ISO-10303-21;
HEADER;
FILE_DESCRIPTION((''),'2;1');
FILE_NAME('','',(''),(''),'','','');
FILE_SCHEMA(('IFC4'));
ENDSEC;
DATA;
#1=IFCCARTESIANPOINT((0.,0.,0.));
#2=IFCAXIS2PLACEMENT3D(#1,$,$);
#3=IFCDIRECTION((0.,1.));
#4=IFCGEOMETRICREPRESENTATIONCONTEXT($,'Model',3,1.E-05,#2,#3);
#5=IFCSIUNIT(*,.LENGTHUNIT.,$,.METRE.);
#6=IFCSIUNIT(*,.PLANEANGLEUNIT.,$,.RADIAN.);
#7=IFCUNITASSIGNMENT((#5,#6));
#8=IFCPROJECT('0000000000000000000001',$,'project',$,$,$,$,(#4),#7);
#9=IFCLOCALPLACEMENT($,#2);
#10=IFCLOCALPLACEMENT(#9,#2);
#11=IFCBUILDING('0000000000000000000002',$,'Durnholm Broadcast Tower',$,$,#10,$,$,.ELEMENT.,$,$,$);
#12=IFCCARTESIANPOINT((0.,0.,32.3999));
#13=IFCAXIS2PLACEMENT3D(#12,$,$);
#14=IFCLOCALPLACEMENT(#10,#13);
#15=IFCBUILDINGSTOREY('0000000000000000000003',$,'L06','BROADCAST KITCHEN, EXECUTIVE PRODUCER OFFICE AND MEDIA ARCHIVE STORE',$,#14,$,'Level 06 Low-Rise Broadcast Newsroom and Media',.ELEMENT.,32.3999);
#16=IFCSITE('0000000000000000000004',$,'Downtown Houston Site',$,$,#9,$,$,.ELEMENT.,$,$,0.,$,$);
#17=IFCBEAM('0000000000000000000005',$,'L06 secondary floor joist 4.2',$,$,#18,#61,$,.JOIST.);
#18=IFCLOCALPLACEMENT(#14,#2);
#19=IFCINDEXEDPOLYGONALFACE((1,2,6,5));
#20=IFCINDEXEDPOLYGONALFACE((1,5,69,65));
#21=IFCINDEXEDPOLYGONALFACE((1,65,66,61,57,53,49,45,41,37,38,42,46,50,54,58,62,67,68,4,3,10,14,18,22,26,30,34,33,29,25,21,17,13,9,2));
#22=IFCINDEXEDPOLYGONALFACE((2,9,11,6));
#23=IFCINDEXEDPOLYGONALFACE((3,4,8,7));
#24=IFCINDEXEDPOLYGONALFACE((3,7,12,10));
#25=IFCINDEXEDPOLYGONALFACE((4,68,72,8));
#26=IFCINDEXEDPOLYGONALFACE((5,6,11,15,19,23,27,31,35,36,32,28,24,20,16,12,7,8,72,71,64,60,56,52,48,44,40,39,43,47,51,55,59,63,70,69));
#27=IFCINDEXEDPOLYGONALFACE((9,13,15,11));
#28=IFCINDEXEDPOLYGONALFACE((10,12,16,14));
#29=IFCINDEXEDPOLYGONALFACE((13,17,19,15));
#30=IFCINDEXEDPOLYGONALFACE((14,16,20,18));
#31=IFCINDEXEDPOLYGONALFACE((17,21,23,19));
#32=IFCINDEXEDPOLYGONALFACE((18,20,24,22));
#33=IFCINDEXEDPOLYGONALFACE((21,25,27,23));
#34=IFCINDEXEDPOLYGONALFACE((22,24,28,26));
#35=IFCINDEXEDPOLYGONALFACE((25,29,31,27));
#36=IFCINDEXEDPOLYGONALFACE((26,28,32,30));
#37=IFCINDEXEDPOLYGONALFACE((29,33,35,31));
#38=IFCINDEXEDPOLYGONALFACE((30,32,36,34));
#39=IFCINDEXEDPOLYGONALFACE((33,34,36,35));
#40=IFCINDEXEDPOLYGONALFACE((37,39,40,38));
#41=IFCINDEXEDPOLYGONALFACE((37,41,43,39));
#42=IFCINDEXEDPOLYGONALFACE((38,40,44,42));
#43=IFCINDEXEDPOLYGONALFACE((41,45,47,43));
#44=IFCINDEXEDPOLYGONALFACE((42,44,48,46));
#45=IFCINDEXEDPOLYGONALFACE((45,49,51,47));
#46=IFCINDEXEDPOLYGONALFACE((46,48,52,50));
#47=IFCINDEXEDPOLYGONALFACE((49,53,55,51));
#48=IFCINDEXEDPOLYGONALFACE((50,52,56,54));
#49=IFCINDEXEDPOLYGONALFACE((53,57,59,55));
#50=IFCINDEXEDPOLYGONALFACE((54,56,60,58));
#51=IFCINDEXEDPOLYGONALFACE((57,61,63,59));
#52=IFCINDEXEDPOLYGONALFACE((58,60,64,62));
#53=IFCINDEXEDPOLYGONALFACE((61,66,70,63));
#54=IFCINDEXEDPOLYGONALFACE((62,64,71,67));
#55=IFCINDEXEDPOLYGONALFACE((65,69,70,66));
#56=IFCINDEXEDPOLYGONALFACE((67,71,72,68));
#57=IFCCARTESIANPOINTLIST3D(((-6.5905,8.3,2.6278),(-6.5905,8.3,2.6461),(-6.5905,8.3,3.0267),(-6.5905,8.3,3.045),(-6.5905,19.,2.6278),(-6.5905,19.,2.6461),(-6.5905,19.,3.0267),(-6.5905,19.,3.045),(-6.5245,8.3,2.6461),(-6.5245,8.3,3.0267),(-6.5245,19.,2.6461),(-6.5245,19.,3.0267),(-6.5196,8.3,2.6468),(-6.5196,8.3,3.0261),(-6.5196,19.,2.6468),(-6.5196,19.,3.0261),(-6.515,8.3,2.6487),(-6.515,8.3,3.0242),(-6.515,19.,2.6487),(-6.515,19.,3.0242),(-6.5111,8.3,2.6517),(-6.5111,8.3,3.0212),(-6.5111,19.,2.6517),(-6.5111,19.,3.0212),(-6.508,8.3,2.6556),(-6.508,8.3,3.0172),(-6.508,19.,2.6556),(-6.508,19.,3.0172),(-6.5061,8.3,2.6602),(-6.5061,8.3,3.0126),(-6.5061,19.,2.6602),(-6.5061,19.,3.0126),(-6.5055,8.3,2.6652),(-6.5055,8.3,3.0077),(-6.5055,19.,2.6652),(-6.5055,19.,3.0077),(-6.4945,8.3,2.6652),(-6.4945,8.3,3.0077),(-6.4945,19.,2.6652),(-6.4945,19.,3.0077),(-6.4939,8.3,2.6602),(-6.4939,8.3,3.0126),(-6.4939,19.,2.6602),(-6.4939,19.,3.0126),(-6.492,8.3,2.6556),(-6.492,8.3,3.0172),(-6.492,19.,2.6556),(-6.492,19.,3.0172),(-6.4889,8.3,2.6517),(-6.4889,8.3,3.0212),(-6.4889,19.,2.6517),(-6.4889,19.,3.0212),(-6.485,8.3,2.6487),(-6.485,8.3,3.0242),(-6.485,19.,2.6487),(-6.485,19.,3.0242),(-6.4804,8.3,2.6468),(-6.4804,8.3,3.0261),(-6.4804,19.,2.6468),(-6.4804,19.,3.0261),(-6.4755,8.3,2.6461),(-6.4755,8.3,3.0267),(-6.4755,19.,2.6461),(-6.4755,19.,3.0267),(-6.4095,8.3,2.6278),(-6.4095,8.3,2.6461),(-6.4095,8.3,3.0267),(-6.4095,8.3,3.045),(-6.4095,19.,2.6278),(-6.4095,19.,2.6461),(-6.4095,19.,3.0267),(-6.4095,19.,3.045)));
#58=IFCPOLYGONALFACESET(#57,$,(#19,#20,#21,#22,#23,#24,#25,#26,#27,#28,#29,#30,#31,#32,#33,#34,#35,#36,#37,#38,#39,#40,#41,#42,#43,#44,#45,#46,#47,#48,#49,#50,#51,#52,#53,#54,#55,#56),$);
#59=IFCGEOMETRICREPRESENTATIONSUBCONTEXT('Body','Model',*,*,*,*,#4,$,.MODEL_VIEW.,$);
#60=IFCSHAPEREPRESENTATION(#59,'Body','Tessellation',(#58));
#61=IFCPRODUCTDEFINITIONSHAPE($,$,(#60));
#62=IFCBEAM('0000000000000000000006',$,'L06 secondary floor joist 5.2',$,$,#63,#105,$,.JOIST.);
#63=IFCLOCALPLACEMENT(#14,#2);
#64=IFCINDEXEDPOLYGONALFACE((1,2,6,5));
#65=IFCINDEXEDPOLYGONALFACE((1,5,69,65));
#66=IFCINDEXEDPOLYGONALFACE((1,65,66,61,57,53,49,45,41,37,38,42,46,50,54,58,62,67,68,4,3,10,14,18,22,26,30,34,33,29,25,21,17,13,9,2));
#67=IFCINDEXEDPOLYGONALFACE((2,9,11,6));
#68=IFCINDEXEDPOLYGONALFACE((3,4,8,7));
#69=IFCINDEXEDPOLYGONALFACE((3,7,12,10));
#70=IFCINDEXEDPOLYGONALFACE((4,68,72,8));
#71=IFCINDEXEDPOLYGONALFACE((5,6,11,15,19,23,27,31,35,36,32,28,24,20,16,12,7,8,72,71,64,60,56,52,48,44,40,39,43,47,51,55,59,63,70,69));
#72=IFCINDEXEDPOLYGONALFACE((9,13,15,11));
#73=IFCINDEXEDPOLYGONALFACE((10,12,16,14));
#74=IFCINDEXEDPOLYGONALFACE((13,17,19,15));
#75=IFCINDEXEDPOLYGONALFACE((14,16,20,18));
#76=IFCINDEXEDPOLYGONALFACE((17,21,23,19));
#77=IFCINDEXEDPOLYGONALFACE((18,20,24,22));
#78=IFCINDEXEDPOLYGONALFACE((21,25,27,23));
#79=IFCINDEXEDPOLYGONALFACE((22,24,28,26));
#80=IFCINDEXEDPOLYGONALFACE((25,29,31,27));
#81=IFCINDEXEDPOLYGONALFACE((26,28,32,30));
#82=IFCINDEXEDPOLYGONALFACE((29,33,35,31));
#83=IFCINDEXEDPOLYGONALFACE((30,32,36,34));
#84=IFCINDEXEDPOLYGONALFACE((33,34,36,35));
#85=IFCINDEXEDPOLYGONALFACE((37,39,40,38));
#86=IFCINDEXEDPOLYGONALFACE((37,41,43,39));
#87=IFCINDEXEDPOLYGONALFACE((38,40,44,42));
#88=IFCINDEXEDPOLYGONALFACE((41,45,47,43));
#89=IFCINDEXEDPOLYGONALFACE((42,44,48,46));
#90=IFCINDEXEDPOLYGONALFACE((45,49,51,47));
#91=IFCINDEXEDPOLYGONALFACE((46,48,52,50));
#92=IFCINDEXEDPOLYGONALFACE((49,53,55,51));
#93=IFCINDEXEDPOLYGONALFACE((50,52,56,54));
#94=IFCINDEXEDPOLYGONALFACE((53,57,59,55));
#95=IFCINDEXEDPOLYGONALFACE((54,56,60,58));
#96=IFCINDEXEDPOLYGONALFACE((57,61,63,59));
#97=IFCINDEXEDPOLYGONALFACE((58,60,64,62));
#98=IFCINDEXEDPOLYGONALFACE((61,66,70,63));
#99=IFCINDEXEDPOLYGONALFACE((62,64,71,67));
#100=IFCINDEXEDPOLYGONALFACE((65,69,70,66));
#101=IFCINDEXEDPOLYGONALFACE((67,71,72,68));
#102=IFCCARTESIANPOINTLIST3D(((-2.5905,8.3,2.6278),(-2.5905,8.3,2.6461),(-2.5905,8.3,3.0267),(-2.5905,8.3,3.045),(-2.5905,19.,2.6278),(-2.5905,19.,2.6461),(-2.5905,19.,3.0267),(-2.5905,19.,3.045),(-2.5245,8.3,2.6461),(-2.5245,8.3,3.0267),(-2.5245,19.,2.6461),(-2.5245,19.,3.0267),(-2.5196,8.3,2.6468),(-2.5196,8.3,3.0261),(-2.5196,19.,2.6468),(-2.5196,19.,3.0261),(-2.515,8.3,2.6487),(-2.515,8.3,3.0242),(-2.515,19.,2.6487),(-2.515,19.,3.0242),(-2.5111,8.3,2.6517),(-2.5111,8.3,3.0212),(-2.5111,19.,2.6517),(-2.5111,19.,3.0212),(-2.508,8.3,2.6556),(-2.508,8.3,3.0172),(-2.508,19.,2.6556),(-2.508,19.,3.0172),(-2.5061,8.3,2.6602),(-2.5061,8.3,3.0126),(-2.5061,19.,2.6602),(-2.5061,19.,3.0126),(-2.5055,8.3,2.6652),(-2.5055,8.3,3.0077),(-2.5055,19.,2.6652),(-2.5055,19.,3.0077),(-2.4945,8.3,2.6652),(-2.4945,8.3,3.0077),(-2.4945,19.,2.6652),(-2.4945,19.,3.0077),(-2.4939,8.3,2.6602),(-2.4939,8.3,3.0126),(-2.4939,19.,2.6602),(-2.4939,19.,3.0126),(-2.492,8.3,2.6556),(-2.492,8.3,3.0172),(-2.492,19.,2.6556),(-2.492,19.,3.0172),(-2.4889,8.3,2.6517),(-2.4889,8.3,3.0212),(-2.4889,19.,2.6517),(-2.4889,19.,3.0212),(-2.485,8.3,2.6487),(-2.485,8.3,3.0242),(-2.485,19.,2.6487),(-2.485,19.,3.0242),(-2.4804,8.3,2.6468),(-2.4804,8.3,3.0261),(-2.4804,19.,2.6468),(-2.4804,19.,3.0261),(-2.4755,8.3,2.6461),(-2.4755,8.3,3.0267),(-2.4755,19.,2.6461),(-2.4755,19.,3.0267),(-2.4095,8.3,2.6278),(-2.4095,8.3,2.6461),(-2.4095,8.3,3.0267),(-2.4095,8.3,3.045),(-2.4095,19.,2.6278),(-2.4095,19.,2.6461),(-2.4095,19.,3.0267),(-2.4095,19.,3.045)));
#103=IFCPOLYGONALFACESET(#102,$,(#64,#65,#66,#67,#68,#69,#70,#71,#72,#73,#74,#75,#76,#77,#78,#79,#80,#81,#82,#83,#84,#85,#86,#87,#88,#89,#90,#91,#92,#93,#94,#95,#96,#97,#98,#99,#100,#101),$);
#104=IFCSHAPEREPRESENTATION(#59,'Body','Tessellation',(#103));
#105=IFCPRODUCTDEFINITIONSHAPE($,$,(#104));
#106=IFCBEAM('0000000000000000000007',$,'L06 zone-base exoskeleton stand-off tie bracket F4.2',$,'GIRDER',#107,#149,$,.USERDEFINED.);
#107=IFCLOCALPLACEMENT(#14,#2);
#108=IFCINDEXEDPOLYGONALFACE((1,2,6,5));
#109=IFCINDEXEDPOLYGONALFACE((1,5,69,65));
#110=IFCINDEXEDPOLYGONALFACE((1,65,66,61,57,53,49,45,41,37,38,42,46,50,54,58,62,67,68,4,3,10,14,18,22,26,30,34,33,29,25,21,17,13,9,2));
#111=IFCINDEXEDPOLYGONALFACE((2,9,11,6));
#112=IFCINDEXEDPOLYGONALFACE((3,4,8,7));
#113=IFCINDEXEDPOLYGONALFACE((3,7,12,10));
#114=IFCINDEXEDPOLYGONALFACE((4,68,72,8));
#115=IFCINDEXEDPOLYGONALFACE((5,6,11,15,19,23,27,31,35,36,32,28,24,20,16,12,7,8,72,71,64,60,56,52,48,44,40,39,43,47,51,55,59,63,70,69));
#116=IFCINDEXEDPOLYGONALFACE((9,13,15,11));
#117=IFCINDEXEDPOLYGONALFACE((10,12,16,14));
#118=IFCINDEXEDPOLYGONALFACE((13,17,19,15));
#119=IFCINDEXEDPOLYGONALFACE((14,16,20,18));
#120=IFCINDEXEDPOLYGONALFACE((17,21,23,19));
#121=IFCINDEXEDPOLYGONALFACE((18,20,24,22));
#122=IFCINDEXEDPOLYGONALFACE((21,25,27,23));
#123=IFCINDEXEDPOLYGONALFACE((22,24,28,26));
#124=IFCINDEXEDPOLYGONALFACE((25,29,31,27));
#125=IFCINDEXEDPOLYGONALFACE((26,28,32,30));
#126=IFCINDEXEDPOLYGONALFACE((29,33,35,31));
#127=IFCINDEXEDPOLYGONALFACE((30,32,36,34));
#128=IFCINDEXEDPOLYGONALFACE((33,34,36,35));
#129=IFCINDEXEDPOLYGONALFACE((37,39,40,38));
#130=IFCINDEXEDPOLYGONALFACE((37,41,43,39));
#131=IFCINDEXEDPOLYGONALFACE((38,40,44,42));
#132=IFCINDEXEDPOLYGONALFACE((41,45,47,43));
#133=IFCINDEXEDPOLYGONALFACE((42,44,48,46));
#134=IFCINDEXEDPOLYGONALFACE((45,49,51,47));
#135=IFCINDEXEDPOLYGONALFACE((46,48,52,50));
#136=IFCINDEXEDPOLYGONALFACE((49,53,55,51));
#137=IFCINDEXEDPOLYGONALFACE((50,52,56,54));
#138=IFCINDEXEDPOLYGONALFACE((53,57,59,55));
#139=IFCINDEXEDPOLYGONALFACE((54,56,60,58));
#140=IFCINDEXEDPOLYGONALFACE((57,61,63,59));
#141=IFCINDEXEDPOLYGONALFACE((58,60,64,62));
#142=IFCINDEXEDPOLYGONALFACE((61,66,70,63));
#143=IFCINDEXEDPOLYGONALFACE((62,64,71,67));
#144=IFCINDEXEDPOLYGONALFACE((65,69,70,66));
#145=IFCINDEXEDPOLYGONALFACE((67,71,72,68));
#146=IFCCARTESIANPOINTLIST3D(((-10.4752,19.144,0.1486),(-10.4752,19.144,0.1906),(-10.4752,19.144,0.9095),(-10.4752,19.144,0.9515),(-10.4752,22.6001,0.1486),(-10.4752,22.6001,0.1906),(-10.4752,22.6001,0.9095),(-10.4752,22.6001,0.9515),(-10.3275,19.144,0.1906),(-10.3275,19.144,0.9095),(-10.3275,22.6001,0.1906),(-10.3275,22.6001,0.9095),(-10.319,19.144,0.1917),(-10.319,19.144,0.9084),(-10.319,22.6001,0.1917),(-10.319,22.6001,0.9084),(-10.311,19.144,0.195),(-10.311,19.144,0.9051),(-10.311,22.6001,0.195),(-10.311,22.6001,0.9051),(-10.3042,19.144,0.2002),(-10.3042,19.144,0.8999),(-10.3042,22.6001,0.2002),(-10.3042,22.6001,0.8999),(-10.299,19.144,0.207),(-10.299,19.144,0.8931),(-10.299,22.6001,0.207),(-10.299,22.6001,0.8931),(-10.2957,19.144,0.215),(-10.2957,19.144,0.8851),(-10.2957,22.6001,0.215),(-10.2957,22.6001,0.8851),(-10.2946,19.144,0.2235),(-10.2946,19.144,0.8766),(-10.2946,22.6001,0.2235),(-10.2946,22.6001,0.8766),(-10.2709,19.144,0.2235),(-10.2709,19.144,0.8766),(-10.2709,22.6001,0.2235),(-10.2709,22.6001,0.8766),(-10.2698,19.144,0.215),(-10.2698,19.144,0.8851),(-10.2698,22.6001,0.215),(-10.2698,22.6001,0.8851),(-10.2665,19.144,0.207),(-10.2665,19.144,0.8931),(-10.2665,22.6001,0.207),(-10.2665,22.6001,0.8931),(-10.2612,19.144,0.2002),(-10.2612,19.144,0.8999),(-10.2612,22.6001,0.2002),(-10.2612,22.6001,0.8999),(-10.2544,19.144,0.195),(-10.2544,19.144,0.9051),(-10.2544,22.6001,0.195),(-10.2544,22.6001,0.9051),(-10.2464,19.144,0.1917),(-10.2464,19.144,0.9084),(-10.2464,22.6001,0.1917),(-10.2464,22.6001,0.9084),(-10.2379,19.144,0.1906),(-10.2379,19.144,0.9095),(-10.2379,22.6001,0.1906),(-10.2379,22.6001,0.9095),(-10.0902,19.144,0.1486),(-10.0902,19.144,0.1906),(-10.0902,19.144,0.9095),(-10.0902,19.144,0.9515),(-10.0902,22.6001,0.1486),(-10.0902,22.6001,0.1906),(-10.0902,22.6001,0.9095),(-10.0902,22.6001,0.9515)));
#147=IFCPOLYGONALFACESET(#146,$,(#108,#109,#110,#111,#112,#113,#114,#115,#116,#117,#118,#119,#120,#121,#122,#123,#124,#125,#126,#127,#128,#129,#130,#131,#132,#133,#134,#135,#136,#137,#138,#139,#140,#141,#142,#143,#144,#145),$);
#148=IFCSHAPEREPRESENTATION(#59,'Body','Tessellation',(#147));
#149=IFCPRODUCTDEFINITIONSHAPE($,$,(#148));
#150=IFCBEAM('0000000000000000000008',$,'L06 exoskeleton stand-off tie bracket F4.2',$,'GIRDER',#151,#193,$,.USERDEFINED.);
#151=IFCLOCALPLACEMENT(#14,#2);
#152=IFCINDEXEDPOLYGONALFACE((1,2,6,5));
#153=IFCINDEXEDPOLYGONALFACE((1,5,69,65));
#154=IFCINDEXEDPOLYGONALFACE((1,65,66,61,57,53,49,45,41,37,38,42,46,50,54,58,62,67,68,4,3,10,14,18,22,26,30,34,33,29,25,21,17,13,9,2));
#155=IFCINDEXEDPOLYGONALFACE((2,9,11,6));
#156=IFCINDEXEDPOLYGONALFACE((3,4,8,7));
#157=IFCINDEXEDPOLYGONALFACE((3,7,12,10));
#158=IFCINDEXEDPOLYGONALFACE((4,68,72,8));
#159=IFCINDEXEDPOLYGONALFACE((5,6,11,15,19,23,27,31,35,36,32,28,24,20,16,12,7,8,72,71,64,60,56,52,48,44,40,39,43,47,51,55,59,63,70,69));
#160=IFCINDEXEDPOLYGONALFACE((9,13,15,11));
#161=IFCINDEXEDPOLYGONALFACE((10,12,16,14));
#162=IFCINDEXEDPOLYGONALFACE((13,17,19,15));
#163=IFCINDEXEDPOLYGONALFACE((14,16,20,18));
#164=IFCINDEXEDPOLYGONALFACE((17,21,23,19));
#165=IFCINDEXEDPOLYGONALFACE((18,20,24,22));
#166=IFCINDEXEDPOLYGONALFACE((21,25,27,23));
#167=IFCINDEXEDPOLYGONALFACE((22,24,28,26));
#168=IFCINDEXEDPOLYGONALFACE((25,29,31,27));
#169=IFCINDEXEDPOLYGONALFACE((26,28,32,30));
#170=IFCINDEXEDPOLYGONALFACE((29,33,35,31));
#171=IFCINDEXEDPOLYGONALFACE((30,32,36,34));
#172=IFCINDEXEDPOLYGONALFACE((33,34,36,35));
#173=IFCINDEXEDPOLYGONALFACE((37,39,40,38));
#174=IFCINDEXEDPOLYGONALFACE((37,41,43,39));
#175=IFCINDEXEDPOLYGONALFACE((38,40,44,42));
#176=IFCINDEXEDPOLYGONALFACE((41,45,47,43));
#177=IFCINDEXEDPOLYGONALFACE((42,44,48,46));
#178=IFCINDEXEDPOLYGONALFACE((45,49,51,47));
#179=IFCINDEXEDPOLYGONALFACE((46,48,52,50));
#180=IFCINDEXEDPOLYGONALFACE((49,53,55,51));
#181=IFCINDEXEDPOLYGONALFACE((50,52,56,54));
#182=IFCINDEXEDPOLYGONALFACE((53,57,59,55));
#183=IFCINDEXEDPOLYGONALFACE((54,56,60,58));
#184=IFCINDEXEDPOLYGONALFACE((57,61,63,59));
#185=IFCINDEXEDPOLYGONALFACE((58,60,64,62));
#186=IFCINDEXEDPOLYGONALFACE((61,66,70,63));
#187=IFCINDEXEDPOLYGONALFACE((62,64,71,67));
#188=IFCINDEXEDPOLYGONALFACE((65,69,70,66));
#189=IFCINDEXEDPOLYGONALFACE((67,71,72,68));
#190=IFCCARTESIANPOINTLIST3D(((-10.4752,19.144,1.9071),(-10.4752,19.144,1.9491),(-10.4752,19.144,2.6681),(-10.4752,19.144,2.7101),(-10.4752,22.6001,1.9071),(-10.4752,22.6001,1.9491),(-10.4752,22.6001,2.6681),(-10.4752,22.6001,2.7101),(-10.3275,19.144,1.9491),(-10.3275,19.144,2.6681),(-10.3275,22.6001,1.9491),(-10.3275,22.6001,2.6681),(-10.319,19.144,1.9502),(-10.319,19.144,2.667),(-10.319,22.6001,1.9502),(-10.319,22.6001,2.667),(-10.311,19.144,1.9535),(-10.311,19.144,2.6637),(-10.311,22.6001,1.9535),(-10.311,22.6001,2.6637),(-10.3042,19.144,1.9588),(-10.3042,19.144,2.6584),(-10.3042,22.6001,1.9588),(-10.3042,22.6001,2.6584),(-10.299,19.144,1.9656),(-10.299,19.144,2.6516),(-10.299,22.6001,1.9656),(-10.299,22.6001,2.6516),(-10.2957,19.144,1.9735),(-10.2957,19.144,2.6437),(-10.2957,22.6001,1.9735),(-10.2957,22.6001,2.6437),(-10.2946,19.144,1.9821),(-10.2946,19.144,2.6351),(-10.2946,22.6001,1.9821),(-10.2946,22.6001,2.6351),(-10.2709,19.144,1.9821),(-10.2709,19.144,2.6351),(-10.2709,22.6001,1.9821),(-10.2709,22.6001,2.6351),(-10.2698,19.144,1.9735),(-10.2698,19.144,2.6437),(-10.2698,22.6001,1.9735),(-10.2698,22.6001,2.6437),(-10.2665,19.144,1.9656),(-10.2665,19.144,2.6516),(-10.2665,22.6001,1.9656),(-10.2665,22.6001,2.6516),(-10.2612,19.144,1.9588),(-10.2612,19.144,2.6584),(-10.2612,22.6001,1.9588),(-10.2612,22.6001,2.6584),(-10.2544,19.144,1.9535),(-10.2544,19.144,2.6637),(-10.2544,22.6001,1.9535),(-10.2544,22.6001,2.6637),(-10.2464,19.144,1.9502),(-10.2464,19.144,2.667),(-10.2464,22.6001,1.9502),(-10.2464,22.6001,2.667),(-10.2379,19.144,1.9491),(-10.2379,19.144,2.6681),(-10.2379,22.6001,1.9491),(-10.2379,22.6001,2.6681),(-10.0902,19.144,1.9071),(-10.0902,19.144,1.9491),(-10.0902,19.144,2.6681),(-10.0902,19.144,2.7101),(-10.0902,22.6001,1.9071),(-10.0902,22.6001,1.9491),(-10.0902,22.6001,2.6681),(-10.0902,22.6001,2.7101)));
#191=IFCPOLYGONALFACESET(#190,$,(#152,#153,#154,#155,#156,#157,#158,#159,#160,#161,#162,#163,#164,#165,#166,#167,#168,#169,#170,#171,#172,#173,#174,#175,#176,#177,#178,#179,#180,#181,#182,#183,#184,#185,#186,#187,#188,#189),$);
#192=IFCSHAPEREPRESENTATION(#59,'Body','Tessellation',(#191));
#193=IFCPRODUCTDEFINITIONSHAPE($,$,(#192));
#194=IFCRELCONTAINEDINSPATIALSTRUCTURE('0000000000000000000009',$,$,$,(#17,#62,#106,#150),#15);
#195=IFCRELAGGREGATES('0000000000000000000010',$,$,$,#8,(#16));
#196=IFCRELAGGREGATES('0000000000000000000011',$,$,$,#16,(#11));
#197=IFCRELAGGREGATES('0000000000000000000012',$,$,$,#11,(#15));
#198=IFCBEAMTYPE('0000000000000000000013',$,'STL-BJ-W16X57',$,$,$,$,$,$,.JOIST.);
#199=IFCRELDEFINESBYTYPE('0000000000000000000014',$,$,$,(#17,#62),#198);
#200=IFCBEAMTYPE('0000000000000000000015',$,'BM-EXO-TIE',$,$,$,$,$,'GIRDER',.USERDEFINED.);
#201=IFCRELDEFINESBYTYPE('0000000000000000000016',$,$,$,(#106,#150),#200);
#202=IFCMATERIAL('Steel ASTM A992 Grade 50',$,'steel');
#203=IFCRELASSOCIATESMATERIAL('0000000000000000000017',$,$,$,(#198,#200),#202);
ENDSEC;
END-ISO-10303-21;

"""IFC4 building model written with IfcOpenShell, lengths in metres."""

from ifc_helpers import new_model, si_unit, direction, frame, origin, origin_2d, place, context, subcontext, project, spatial, i_section, extrude, source, transform, mapped, material, material_profile, profile_set, type_object, type_shapes, element, save


model = new_model("IFC4")

# Units and contexts
model_context = context("Model", 3, precision=1e-05, world=origin(), true_north=direction((0.0, 1.0)))
body_context = subcontext(model_context, "Body", "Model", "MODEL_VIEW")
ifc_project = project(units=[si_unit("LENGTHUNIT", "METRE"), si_unit("PLANEANGLEUNIT", "RADIAN")], contexts=[model_context])

# Site, building, storey
site_placement = place(None, origin())
site = spatial("IfcSite", under=ifc_project, at=site_placement, Name="Downtown Houston Site", CompositionType="ELEMENT", RefElevation=0.0)
building_placement = place(site_placement, origin())
building = spatial("IfcBuilding", under=site, at=building_placement, Name="Durnholm Broadcast Tower", CompositionType="ELEMENT")
storey_placement = place(building_placement, frame((0.0, 0.0, 32.3999)))
storey = spatial("IfcBuildingStorey", under=building, at=storey_placement, Name="L06", Description="BROADCAST KITCHEN, EXECUTIVE PRODUCER OFFICE AND MEDIA ARCHIVE STORE", LongName="Level 06 Low-Rise Broadcast Newsroom and Media", CompositionType="ELEMENT", Elevation=32.3999)

# Beams
ifc_material_1 = material(Name="Steel ASTM A992 Grade 50", Category="steel")
ifc_material_profile_1 = material_profile(ifc_material_1, i_section(OverallWidth=0.1809, OverallDepth=0.4172, WebThickness=0.011, FlangeThickness=0.0183, FilletRadius=0.019, at=origin_2d()), Name="W16X57")
ifc_profile_set_1 = profile_set([ifc_material_profile_1], Name="Steel ASTM A992 Grade 50")
beam_type_1 = type_object("IfcBeamType", Name="STL-BJ-W16X57", PredefinedType="JOIST", material=ifc_profile_set_1)
shared_shape_1 = source(origin(), body_context, "Body", "SweptSolid", [
    extrude(i_section(OverallWidth=0.1809, OverallDepth=0.4172, WebThickness=0.011, FlangeThickness=0.0183, FilletRadius=0.019, at=origin_2d()), origin(), (0.0, 0.0, 1.0), 10.7),
])
type_shapes(beam_type_1, [shared_shape_1])
for number, where, z_axis, x_axis, name in (
    (1, (-6.5, 8.3, 2.8364), (0.0, 1.0, 0.0), (-1.0, 0.0, 0.0), "L06 secondary floor joist 4.2"),
    (2, (-2.5, 8.3, 2.8364), (0.0, 1.0, 0.0), (-1.0, 0.0, 0.0), "L06 secondary floor joist 5.2"),
):
    element("IfcBeam", number, at=place(storey_placement, frame(where, z_axis=z_axis, x_axis=x_axis)), inside=storey, type_object=beam_type_1, Name=name, PredefinedType="JOIST", context=body_context, shape_type="MappedRepresentation", body=[
        mapped(shared_shape_1, transform((0.0, 0.0, 0.0), x_axis=(1.0, 0.0, 0.0), y_axis=(0.0, 1.0, 0.0), z_axis=(0.0, 0.0, 1.0), scale=1.0)),
    ])
ifc_material_profile_2 = material_profile(ifc_material_1, i_section(OverallWidth=0.385, OverallDepth=0.803, WebThickness=0.0237, FlangeThickness=0.042, FilletRadius=0.033, at=origin_2d()), Name="W30X261")
ifc_profile_set_2 = profile_set([ifc_material_profile_2], Name="Steel ASTM A992 Grade 50")
beam_type_2 = type_object("IfcBeamType", Name="BM-EXO-TIE", ElementType="GIRDER", PredefinedType="USERDEFINED", material=ifc_profile_set_2)
shared_shape_2 = source(origin(), body_context, "Body", "SweptSolid", [
    extrude(i_section(OverallWidth=0.385, OverallDepth=0.803, WebThickness=0.0237, FlangeThickness=0.042, FilletRadius=0.033, at=origin_2d()), origin(), (0.0, 0.0, 1.0), 3.4561),
])
type_shapes(beam_type_2, [shared_shape_2])
for number, where, z_axis, x_axis, name in (
    (3, (-10.2827, 19.144, 0.55), (0.0, 1.0, 0.0), (-1.0, 0.0, 0.0), "L06 zone-base exoskeleton stand-off tie bracket F4.2"),
    (4, (-10.2827, 19.144, 2.3086), (0.0, 1.0, 0.0), (-1.0, 0.0, 0.0), "L06 exoskeleton stand-off tie bracket F4.2"),
):
    element("IfcBeam", number, at=place(storey_placement, frame(where, z_axis=z_axis, x_axis=x_axis)), inside=storey, type_object=beam_type_2, Name=name, ObjectType="GIRDER", PredefinedType="USERDEFINED", context=body_context, shape_type="MappedRepresentation", body=[
        mapped(shared_shape_2, transform((0.0, 0.0, 0.0), x_axis=(1.0, 0.0, 0.0), y_axis=(0.0, 1.0, 0.0), z_axis=(0.0, 0.0, 1.0), scale=1.0)),
    ])

save(model, "model.ifc")
